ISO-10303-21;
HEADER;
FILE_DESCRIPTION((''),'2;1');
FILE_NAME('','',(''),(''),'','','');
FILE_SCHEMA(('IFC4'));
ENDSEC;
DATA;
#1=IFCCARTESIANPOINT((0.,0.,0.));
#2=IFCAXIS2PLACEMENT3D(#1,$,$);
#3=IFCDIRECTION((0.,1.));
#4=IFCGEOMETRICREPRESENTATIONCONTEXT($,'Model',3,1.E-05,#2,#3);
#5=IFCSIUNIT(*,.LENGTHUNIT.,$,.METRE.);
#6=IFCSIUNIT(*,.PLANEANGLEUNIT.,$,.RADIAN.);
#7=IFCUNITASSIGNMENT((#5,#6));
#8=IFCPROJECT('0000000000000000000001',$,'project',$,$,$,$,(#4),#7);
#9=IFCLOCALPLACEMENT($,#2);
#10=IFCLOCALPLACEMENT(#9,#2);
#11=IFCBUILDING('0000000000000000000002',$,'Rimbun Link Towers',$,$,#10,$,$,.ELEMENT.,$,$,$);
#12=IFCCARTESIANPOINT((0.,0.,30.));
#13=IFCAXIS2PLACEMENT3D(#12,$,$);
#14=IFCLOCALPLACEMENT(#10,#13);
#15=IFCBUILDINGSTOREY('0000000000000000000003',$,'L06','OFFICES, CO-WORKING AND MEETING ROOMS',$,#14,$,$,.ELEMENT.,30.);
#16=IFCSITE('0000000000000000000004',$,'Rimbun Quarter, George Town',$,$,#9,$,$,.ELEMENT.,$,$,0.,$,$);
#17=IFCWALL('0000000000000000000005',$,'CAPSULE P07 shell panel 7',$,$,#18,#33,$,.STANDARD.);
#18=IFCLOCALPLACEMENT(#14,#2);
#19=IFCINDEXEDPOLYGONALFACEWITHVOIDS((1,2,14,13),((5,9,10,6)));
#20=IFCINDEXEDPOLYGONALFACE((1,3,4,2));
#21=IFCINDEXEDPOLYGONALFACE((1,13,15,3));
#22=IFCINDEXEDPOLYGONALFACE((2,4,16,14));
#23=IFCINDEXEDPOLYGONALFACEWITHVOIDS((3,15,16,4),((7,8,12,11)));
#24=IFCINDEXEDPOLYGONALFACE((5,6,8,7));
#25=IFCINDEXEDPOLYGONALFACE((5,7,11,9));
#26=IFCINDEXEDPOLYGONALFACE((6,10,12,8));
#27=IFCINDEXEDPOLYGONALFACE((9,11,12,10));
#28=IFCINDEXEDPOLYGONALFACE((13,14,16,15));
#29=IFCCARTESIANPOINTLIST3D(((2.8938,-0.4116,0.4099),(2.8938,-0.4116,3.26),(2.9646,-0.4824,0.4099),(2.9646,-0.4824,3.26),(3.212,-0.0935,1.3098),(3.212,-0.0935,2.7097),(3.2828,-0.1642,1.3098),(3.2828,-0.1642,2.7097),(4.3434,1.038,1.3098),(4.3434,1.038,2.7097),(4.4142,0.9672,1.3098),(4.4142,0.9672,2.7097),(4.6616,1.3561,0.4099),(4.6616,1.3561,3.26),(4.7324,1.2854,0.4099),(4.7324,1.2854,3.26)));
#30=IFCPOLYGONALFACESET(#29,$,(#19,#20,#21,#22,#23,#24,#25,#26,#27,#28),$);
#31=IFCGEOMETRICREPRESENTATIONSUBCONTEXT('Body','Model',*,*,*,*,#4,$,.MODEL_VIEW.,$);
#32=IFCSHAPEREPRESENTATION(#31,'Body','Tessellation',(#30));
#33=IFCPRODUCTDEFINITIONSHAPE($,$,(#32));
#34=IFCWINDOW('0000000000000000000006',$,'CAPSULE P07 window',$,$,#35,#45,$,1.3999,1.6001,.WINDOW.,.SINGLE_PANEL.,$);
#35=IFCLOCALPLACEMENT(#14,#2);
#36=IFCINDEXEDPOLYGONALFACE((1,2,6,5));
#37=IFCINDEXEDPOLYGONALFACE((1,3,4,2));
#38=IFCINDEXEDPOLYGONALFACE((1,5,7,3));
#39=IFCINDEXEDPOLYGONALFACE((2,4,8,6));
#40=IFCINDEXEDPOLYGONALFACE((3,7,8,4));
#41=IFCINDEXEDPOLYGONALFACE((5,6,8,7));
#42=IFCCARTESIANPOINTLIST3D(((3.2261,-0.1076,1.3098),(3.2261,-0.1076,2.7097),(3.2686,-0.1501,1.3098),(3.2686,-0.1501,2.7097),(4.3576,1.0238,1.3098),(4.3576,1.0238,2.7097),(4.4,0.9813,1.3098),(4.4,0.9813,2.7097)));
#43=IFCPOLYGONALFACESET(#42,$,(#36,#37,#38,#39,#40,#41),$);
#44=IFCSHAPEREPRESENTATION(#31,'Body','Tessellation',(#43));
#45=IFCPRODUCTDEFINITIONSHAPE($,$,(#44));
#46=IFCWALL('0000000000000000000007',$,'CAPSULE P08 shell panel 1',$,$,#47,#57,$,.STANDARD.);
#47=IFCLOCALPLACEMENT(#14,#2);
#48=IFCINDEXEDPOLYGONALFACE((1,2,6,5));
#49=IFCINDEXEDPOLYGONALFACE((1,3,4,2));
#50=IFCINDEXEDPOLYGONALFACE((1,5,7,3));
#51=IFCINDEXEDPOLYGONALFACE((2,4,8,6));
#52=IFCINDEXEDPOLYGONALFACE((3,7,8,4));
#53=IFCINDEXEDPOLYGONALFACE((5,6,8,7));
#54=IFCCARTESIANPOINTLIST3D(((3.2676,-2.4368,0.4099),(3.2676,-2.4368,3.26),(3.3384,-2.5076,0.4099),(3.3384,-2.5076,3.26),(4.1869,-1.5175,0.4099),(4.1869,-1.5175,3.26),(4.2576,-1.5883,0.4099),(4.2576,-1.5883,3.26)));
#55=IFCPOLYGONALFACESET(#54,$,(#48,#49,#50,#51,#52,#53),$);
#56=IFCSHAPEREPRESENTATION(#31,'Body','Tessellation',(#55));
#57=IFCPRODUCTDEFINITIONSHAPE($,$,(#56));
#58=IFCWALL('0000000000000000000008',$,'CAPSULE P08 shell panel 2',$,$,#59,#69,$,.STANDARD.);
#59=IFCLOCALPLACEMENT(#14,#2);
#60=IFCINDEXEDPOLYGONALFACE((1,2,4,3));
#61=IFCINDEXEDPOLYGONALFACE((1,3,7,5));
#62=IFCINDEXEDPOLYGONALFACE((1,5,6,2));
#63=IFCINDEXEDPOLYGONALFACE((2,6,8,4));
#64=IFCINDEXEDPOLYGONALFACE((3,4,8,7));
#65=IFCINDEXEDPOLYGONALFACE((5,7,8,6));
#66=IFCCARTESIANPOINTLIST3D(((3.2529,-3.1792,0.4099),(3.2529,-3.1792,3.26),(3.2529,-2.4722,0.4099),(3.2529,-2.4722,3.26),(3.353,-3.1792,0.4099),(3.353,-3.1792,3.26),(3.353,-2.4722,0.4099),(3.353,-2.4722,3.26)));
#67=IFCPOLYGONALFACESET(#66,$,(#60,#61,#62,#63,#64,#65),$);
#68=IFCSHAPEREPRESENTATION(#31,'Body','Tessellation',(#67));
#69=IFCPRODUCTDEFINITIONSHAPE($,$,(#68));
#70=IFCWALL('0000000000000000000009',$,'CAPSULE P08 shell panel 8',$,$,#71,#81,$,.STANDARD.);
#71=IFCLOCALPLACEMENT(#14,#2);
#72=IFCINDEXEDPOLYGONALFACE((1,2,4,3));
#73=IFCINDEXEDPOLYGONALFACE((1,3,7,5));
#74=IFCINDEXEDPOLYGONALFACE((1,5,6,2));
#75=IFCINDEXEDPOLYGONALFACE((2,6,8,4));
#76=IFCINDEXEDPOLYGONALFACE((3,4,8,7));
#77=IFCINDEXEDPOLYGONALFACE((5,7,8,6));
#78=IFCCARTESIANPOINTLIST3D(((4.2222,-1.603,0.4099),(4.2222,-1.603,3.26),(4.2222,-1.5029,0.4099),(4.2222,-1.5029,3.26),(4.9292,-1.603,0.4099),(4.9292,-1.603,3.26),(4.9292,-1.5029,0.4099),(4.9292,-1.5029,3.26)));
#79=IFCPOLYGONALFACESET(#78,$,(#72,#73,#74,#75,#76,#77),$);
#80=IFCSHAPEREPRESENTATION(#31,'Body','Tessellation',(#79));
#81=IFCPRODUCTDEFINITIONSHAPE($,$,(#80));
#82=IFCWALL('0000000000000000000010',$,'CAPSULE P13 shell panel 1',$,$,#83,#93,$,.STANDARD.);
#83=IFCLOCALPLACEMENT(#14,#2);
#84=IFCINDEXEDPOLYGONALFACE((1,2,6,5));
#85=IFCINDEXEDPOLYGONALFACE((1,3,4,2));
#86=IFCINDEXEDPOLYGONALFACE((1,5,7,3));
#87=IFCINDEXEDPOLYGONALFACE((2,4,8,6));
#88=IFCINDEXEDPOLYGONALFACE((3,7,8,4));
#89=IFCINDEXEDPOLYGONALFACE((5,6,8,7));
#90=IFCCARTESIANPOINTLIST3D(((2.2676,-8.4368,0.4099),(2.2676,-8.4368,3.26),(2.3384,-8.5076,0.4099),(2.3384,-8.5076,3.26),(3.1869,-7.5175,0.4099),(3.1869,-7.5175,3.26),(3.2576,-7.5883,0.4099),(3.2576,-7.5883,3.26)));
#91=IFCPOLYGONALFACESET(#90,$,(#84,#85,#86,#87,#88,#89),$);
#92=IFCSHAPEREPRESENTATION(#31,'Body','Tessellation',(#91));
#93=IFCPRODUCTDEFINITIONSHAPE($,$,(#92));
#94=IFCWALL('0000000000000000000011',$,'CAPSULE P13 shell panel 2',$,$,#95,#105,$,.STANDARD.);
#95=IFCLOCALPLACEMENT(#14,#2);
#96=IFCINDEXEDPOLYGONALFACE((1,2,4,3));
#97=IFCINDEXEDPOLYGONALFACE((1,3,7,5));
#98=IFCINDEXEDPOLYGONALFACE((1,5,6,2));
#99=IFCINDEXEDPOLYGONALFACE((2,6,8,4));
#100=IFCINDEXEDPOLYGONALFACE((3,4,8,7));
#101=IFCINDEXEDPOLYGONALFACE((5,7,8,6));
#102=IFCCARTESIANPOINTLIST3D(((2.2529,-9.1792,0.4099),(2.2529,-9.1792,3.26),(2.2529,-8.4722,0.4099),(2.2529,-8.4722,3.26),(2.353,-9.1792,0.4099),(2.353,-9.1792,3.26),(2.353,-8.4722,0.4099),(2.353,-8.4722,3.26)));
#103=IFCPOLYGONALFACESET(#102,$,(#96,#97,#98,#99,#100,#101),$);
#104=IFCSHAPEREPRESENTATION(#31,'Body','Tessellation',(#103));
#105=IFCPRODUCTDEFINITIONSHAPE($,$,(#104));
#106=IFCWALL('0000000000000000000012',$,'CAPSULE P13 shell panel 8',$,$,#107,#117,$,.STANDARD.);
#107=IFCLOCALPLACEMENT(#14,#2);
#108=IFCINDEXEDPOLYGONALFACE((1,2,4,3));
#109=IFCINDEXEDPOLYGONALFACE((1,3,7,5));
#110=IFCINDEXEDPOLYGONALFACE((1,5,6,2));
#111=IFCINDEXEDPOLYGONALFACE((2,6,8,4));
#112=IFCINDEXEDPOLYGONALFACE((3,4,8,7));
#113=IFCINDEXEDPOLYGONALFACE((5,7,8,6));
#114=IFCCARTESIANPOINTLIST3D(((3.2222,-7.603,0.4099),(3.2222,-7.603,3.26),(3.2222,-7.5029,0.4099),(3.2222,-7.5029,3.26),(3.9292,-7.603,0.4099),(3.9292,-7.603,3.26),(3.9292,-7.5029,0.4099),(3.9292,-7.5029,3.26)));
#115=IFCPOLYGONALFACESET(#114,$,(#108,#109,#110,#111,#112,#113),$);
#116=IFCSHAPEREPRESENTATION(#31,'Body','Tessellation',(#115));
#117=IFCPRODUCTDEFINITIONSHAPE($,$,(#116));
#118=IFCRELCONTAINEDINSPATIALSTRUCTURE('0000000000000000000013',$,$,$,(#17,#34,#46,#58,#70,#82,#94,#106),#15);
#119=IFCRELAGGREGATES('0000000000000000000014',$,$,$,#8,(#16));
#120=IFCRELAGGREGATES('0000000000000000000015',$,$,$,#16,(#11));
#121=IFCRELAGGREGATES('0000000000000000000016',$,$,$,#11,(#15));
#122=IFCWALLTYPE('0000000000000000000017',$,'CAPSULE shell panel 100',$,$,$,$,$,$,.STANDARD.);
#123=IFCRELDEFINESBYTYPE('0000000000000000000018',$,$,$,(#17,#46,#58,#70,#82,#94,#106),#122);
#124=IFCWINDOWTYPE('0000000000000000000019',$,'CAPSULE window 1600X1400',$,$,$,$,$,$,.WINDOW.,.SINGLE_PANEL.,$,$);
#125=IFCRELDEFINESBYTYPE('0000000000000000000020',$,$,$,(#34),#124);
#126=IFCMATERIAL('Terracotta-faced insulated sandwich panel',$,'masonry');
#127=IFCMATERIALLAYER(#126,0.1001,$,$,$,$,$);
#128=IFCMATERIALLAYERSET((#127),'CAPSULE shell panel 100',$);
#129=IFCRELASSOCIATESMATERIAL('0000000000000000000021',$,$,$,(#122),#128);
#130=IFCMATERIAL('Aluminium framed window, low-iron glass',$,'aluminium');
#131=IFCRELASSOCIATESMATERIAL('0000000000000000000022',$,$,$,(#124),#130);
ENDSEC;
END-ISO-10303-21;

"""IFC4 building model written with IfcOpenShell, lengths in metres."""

from ifc_helpers import new_model, si_unit, direction, frame, frame_2d, origin, place, context, subcontext, project, spatial, rectangle, extrude, material, layer, layer_set, type_object, element, fill, save


model = new_model("IFC4")

# Units and contexts
model_context = context("Model", 3, precision=1e-05, world=origin(), true_north=direction((0.0, 1.0)))
body_context = subcontext(model_context, "Body", "Model", "MODEL_VIEW")
ifc_project = project(units=[si_unit("LENGTHUNIT", "METRE"), si_unit("PLANEANGLEUNIT", "RADIAN")], contexts=[model_context])

# Site, building, storey
site_placement = place(None, origin())
site = spatial("IfcSite", under=ifc_project, at=site_placement, Name="Rimbun Quarter, George Town", CompositionType="ELEMENT", RefElevation=0.0)
building_placement = place(site_placement, origin())
building = spatial("IfcBuilding", under=site, at=building_placement, Name="Rimbun Link Towers", CompositionType="ELEMENT")
storey_placement = place(building_placement, frame((0.0, 0.0, 30.0)))
storey = spatial("IfcBuildingStorey", under=building, at=storey_placement, Name="L06", Description="OFFICES, CO-WORKING AND MEETING ROOMS", CompositionType="ELEMENT", Elevation=30.0)

# Shared definitions
ifc_material_1 = material(Name="Terracotta-faced insulated sandwich panel", Category="masonry")
ifc_layer_1 = layer(ifc_material_1, 0.1001)
ifc_layer_set_1 = layer_set([ifc_layer_1], Name="CAPSULE shell panel 100")
wall_type_1 = type_object("IfcWallType", Name="CAPSULE shell panel 100", PredefinedType="STANDARD", material=ifc_layer_set_1)

# Shared definitions
ifc_material_2 = material(Name="Aluminium framed window, low-iron glass", Category="aluminium")
window_type = type_object("IfcWindowType", Name="CAPSULE window 1600X1400", PartitioningType="SINGLE_PANEL", PredefinedType="WINDOW", material=ifc_material_2)

# Wall, opening, window
wall_1_placement = place(storey_placement, frame((2.9292, -0.447, 0.4099), z_axis=(0.0, 0.0, 1.0), x_axis=(0.707107, 0.707107, 0.0)))
wall_1 = element("IfcWall", 1, at=wall_1_placement, inside=storey, type_object=wall_type_1, Name="CAPSULE P07 shell panel 7", PredefinedType="STANDARD", context=body_context, shape_type="SweptSolid", body=[
    extrude(rectangle(XDim=2.5, YDim=0.1001, at=frame_2d((1.25, 0.0))), origin(), (0.0, 0.0, 1.0), 2.8501),
])
opening_1_placement = place(wall_1_placement, frame((0.45, 0.0, 0.8999)))
opening_1 = element("IfcOpeningElement", 2, at=opening_1_placement, cuts=wall_1, PredefinedType="OPENING", context=body_context, shape_type="SweptSolid", body=[
    extrude(rectangle(XDim=1.6001, YDim=1.3999, at=frame_2d((0.8, 0.7))), frame((0.0, 0.0601, 0.0), z_axis=(0.0, -1.0, 0.0), x_axis=(1.0, 0.0, 0.0)), (0.0, 0.0, 1.0), 0.1201),
])
window_1_placement = place(opening_1_placement, origin())
window_1 = element("IfcWindow", 3, at=window_1_placement, inside=storey, type_object=window_type, Name="CAPSULE P07 window", OverallHeight=1.3999, OverallWidth=1.6001, PartitioningType="SINGLE_PANEL", PredefinedType="WINDOW", context=body_context, shape_type="SweptSolid", body=[
    extrude(rectangle(XDim=1.6001, YDim=1.3999, at=frame_2d((0.8, 0.7))), frame((0.0, 0.03, 0.0), z_axis=(0.0, -1.0, 0.0), x_axis=(1.0, 0.0, 0.0)), (0.0, 0.0, 1.0), 0.0601),
])
fill(opening_1, window_1)

# Walls
wall_2_placement = place(storey_placement, frame((4.2222, -1.553, 0.4099), z_axis=(0.0, 0.0, 1.0), x_axis=(-0.707107, -0.707107, 0.0)))
element("IfcWall", 4, at=wall_2_placement, inside=storey, type_object=wall_type_1, Name="CAPSULE P08 shell panel 1", PredefinedType="STANDARD", context=body_context, shape_type="SweptSolid", body=[
    extrude(rectangle(XDim=1.3, YDim=0.1001, at=frame_2d((0.6499, 0.0))), origin(), (0.0, 0.0, 1.0), 2.8501),
])
for number, where, z_axis, x_axis, name in (
    (5, (3.303, -2.4722, 0.4099), (0.0, 0.0, 1.0), (0.0, -1.0, 0.0), "CAPSULE P08 shell panel 2"),
    (6, (4.9292, -1.553, 0.4099), (0.0, 0.0, 1.0), (-1.0, 0.0, 0.0), "CAPSULE P08 shell panel 8"),
):
    element("IfcWall", number, at=place(storey_placement, frame(where, z_axis=z_axis, x_axis=x_axis)), inside=storey, type_object=wall_type_1, Name=name, PredefinedType="STANDARD", context=body_context, shape_type="SweptSolid", body=[
        extrude(rectangle(XDim=0.707, YDim=0.1001, at=frame_2d((0.3535, 0.0))), origin(), (0.0, 0.0, 1.0), 2.8501),
    ])
wall_3_placement = place(storey_placement, frame((3.2222, -7.553, 0.4099), z_axis=(0.0, 0.0, 1.0), x_axis=(-0.707107, -0.707107, 0.0)))
element("IfcWall", 7, at=wall_3_placement, inside=storey, type_object=wall_type_1, Name="CAPSULE P13 shell panel 1", PredefinedType="STANDARD", context=body_context, shape_type="SweptSolid", body=[
    extrude(rectangle(XDim=1.3, YDim=0.1001, at=frame_2d((0.6499, 0.0))), origin(), (0.0, 0.0, 1.0), 2.8501),
])
for number, where, z_axis, x_axis, name in (
    (8, (2.303, -8.4722, 0.4099), (0.0, 0.0, 1.0), (0.0, -1.0, 0.0), "CAPSULE P13 shell panel 2"),
    (9, (3.9292, -7.553, 0.4099), (0.0, 0.0, 1.0), (-1.0, 0.0, 0.0), "CAPSULE P13 shell panel 8"),
):
    element("IfcWall", number, at=place(storey_placement, frame(where, z_axis=z_axis, x_axis=x_axis)), inside=storey, type_object=wall_type_1, Name=name, PredefinedType="STANDARD", context=body_context, shape_type="SweptSolid", body=[
        extrude(rectangle(XDim=0.707, YDim=0.1001, at=frame_2d((0.3535, 0.0))), origin(), (0.0, 0.0, 1.0), 2.8501),
    ])

save(model, "model.ifc")
